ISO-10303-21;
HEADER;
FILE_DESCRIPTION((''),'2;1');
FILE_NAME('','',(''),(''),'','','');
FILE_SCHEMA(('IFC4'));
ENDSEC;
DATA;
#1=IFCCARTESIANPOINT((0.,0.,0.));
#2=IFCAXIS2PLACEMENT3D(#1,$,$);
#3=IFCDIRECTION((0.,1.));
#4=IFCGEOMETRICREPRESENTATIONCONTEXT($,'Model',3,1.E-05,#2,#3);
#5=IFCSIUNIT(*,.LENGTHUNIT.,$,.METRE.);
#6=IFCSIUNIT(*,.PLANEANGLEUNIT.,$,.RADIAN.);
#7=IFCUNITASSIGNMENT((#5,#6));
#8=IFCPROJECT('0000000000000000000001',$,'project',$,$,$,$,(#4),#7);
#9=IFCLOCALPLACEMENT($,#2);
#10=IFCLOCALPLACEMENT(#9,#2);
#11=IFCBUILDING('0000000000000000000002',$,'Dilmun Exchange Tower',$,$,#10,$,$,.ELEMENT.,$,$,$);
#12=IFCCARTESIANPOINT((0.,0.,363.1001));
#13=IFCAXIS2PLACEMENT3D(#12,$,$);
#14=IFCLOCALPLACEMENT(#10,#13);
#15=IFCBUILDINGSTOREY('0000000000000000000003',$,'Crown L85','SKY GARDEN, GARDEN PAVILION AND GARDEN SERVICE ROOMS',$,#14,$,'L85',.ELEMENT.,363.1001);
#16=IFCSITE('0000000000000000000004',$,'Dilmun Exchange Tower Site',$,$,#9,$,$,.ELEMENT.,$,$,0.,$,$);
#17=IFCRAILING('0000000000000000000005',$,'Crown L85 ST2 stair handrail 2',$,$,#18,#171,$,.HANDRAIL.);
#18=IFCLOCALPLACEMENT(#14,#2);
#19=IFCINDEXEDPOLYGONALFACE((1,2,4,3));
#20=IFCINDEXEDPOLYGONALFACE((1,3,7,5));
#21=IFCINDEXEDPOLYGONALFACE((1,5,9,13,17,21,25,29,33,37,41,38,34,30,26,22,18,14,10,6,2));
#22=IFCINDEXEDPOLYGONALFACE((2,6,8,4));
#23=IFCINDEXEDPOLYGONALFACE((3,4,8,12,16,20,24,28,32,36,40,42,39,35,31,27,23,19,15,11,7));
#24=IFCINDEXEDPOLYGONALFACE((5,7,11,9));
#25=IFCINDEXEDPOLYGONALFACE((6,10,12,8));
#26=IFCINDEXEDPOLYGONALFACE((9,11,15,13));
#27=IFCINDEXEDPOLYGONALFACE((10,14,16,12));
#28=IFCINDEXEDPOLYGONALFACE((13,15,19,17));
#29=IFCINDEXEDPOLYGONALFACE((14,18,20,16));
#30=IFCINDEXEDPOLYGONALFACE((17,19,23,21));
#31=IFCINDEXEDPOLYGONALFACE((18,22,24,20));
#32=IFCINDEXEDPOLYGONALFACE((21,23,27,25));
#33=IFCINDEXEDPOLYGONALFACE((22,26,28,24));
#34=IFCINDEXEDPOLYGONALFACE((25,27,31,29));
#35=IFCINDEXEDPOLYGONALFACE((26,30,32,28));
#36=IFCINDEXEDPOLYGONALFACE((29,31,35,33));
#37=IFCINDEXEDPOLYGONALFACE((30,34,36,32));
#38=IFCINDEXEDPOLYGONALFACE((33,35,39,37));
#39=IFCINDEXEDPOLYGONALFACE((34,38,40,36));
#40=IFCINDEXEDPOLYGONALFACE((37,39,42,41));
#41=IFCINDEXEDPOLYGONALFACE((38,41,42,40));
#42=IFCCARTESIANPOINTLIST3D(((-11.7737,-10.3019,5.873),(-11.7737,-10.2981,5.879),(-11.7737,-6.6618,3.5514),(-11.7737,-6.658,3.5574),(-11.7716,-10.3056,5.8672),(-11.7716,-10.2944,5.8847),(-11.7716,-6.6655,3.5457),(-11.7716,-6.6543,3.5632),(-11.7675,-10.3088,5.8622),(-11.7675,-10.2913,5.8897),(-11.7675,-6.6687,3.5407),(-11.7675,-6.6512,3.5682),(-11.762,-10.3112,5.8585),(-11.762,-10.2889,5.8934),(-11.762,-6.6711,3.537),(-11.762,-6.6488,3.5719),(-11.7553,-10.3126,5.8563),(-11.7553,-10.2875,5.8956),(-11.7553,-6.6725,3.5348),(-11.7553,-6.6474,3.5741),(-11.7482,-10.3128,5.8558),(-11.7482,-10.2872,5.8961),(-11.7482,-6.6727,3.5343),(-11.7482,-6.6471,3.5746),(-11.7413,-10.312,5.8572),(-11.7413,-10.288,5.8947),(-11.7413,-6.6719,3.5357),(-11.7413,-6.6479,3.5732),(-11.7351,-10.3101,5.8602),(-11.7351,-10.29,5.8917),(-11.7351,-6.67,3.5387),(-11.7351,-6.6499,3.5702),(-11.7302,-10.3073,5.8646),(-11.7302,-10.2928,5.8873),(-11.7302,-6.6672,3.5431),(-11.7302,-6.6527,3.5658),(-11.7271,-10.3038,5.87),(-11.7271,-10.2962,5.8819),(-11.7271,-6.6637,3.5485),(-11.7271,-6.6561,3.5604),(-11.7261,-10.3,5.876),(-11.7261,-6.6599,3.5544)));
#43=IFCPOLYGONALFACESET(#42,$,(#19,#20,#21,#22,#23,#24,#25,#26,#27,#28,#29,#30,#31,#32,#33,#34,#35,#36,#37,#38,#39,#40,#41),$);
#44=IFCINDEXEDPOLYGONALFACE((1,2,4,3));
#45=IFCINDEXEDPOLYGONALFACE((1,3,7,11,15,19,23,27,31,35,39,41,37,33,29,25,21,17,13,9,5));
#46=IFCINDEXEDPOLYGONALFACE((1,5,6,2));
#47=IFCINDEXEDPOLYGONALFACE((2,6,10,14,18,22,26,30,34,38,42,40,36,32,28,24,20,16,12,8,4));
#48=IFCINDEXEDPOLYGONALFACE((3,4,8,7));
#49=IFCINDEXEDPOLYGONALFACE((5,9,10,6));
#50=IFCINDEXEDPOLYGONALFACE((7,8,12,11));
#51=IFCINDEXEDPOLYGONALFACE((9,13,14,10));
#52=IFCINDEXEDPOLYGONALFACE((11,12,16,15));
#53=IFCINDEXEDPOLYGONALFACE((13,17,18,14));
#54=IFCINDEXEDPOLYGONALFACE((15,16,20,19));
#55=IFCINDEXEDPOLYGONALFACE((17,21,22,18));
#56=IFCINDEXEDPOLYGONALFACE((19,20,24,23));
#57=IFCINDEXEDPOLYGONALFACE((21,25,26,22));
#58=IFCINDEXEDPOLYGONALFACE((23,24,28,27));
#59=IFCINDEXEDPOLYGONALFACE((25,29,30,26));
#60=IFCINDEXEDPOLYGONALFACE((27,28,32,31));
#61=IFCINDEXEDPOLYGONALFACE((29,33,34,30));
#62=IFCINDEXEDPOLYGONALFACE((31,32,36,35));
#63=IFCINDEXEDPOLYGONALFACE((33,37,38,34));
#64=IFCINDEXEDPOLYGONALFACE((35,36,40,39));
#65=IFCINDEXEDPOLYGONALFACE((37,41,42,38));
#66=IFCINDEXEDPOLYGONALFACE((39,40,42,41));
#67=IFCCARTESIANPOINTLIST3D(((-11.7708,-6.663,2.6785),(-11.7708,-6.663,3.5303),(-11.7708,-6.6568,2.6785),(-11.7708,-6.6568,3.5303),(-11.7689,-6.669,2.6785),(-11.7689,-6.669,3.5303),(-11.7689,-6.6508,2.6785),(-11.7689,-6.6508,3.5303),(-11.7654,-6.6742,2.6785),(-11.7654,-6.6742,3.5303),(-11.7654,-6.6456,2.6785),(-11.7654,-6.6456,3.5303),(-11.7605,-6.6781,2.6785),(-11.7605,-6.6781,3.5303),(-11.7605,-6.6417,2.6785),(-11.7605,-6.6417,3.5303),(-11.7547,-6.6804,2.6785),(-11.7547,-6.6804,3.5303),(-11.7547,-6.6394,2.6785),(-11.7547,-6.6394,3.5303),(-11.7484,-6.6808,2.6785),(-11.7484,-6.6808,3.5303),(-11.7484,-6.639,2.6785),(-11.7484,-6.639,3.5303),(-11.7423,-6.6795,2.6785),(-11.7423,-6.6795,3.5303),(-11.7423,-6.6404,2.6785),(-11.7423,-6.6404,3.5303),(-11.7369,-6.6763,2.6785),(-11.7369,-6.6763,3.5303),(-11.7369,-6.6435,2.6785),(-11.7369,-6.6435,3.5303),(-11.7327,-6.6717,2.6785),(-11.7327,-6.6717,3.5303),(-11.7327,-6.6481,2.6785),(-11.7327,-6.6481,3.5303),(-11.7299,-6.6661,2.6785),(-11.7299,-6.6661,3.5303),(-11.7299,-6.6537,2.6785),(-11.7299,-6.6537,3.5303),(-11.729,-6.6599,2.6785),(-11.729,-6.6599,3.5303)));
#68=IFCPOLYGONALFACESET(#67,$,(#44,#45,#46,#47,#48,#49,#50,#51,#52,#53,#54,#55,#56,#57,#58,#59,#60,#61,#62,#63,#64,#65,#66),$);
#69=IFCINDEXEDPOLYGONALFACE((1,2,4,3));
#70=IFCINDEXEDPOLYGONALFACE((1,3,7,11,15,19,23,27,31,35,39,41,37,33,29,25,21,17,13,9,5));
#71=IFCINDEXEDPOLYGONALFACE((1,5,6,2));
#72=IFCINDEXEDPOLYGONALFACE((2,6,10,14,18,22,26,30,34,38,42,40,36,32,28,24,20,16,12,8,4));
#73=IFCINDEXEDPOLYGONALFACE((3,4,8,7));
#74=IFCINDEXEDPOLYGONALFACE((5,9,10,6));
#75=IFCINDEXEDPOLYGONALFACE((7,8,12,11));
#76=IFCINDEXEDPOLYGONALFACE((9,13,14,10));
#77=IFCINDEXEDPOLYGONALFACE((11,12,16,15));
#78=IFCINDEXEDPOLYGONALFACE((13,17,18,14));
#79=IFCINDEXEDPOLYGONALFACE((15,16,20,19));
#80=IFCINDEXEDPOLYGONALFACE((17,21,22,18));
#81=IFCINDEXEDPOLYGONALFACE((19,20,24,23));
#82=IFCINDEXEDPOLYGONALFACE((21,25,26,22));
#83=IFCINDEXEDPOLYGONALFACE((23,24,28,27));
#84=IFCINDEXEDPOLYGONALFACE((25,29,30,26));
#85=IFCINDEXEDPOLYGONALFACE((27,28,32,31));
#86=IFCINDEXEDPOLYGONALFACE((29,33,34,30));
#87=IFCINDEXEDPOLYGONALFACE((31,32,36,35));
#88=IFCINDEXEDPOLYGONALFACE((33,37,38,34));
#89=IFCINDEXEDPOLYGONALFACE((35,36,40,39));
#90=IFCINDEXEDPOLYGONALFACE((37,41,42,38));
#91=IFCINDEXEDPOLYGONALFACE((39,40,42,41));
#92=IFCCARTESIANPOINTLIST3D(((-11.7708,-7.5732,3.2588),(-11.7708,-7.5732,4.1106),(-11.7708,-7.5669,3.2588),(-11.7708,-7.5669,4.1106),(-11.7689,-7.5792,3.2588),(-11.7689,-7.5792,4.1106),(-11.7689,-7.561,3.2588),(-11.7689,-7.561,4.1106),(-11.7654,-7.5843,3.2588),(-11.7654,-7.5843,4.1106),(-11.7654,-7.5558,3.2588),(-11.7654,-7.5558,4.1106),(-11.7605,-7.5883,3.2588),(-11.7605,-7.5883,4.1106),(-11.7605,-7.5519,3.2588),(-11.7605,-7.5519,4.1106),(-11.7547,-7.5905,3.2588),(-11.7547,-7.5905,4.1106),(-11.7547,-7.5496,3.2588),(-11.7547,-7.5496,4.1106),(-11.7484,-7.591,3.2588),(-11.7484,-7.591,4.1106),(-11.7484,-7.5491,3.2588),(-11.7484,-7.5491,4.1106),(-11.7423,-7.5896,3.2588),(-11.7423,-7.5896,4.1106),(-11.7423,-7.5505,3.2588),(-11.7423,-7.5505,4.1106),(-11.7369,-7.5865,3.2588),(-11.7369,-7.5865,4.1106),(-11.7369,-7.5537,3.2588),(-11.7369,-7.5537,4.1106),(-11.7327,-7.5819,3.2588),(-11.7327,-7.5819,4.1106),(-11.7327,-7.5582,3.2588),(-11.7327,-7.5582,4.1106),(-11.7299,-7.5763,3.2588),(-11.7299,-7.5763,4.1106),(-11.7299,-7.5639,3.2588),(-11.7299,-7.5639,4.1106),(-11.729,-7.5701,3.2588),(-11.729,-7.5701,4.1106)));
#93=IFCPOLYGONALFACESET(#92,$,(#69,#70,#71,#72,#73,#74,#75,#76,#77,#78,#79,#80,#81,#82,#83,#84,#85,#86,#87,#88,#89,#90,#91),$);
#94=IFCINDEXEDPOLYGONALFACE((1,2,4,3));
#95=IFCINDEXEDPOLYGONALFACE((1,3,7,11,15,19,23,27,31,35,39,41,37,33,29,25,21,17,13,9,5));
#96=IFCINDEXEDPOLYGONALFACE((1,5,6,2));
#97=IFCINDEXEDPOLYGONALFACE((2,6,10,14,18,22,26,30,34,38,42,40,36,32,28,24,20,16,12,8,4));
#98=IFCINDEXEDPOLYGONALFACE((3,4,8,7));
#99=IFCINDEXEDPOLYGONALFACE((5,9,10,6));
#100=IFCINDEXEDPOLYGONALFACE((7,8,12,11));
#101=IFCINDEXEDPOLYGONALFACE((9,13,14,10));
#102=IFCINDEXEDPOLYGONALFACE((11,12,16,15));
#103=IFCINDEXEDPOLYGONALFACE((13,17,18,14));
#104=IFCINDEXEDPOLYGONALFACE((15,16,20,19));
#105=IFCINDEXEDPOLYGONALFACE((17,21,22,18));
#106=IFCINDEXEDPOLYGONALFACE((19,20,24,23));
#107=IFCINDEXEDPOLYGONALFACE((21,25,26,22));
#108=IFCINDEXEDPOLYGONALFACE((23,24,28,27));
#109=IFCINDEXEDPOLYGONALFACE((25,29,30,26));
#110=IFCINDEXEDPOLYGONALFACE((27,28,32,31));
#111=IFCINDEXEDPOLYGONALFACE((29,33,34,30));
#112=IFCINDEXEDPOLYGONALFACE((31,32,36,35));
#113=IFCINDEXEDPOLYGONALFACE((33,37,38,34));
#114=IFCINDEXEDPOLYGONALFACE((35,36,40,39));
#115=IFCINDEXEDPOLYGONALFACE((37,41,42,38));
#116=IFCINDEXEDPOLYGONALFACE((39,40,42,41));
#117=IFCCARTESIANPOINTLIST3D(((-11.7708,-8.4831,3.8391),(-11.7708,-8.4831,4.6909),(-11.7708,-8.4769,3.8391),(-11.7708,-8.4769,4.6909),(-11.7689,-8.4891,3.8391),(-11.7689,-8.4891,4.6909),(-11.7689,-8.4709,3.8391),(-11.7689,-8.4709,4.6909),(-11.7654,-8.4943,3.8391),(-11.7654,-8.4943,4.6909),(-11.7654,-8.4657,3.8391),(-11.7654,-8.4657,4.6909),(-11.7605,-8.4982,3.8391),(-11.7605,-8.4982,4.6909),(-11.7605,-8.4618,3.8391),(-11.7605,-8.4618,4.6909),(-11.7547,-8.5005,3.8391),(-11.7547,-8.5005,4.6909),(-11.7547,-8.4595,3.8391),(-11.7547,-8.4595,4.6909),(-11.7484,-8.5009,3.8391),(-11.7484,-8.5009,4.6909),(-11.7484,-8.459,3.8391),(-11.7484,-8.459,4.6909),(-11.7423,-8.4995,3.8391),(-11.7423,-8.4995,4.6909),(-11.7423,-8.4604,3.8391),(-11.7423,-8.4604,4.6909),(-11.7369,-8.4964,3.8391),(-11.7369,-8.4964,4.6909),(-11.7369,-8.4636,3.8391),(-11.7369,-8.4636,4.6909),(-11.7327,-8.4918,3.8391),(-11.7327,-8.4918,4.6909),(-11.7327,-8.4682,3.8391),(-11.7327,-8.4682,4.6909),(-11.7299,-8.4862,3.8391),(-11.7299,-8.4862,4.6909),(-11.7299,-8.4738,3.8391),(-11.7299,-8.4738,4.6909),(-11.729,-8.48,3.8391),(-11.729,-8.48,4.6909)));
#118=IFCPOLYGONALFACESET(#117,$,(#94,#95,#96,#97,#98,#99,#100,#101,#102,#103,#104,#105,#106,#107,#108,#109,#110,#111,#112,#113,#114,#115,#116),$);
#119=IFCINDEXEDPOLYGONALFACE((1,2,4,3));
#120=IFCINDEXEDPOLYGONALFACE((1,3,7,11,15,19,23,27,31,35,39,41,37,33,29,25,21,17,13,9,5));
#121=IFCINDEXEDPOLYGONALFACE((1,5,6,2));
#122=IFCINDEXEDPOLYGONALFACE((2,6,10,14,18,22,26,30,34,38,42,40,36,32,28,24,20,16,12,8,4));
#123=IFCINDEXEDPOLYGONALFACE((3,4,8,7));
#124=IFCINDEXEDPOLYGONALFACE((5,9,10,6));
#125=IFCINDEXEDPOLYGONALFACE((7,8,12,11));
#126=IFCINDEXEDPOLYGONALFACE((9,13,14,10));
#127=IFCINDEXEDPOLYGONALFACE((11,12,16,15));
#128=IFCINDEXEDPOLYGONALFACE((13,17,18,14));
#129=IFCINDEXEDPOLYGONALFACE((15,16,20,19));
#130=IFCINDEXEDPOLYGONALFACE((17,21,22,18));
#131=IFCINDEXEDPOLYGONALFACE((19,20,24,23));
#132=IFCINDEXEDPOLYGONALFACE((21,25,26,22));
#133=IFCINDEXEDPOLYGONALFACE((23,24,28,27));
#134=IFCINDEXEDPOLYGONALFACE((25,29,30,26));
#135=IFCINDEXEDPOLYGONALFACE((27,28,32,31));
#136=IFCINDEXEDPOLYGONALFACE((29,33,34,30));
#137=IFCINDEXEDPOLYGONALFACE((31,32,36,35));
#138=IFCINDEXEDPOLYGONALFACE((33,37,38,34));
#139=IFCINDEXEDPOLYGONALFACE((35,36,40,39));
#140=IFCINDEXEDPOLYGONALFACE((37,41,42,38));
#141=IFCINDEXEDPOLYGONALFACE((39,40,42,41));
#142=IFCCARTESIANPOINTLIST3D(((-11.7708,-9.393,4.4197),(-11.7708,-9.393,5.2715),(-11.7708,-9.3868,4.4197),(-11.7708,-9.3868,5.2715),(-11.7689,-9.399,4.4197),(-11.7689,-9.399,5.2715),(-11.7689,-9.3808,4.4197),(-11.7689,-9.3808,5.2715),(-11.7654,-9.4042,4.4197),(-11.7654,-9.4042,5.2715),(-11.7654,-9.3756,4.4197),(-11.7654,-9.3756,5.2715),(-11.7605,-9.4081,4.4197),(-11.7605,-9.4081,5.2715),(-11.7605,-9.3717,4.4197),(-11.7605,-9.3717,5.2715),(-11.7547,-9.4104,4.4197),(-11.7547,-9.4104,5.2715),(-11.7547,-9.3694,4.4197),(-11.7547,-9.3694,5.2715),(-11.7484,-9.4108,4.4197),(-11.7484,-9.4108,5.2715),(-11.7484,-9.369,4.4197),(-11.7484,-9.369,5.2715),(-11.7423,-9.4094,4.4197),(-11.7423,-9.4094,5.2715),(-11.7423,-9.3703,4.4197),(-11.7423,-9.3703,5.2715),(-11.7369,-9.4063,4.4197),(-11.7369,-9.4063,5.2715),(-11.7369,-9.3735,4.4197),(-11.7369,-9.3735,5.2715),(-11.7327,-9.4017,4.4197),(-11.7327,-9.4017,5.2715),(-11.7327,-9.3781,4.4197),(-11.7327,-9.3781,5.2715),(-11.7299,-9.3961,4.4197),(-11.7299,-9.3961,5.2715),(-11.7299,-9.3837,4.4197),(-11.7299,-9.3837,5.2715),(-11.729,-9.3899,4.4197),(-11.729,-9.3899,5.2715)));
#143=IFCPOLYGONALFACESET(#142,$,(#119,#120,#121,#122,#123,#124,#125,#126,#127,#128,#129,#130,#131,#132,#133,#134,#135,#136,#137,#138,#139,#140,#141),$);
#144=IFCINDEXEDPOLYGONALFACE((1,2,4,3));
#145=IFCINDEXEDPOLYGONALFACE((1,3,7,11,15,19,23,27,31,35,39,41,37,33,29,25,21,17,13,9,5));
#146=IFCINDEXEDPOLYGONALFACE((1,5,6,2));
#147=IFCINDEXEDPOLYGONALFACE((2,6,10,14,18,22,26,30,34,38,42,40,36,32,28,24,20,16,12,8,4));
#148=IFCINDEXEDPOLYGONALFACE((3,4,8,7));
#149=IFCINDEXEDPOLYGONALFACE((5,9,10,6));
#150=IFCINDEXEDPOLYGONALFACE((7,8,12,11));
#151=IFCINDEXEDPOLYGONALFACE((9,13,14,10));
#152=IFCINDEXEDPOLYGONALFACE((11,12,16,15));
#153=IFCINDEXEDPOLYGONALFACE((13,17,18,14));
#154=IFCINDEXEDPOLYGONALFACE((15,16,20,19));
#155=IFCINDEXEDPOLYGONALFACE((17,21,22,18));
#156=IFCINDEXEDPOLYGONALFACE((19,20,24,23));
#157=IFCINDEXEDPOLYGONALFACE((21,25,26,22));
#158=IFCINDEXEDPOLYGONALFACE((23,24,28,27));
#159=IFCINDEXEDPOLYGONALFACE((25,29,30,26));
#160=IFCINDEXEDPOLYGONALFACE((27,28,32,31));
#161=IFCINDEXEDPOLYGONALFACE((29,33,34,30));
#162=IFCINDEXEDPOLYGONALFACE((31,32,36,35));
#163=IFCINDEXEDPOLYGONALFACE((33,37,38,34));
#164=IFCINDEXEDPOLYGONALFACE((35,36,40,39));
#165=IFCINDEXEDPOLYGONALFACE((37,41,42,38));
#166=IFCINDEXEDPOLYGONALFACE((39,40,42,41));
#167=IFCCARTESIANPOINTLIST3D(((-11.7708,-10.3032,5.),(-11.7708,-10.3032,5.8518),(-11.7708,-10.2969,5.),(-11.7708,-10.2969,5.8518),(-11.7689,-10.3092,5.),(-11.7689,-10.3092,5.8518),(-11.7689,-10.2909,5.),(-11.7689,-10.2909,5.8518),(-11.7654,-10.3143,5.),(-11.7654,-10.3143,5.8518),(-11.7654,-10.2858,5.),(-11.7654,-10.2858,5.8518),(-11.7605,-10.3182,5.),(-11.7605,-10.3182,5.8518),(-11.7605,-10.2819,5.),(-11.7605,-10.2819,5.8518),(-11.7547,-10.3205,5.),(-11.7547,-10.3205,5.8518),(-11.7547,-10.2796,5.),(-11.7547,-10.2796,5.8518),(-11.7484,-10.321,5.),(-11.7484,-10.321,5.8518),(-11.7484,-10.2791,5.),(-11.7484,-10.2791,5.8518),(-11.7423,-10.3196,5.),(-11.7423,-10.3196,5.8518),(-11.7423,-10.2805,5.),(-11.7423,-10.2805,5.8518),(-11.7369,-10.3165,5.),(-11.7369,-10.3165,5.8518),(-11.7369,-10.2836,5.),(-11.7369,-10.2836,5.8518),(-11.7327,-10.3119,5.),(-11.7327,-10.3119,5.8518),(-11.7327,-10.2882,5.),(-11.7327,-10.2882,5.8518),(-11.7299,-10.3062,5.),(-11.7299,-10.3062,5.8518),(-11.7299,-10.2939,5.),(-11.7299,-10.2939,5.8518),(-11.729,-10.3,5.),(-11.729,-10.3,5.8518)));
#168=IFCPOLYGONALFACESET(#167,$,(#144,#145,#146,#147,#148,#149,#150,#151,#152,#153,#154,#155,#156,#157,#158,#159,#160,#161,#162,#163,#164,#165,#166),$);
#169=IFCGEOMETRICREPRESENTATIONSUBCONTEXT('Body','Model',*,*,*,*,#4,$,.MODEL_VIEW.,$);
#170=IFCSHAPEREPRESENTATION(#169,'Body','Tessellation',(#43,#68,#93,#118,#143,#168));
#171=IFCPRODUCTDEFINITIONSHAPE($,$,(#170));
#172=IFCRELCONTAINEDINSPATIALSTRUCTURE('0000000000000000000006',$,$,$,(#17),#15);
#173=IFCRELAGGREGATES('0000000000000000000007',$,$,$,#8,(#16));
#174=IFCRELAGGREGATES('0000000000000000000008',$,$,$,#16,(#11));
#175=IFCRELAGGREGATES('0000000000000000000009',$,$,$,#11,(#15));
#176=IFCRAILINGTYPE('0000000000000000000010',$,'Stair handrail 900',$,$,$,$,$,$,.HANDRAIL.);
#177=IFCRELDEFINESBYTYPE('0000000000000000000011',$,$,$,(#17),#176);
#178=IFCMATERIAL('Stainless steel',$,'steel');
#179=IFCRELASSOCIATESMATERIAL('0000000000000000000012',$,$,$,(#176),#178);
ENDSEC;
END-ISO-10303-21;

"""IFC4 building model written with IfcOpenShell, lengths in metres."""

from ifc_helpers import new_model, si_unit, direction, frame, origin, origin_2d, place, context, subcontext, project, spatial, circle, extrude, material, type_object, element, save


model = new_model("IFC4")

# Units and contexts
model_context = context("Model", 3, precision=1e-05, world=origin(), true_north=direction((0.0, 1.0)))
body_context = subcontext(model_context, "Body", "Model", "MODEL_VIEW")
ifc_project = project(units=[si_unit("LENGTHUNIT", "METRE"), si_unit("PLANEANGLEUNIT", "RADIAN")], contexts=[model_context])

# Site, building, storey
site_placement = place(None, origin())
site = spatial("IfcSite", under=ifc_project, at=site_placement, Name="Dilmun Exchange Tower Site", CompositionType="ELEMENT", RefElevation=0.0)
building_placement = place(site_placement, origin())
building = spatial("IfcBuilding", under=site, at=building_placement, Name="Dilmun Exchange Tower", CompositionType="ELEMENT")
storey_placement = place(building_placement, frame((0.0, 0.0, 363.1001)))
storey = spatial("IfcBuildingStorey", under=building, at=storey_placement, Name="Crown L85", Description="SKY GARDEN, GARDEN PAVILION AND GARDEN SERVICE ROOMS", LongName="L85", CompositionType="ELEMENT", Elevation=363.1001)

# Railing
ifc_material_1 = material(Name="Stainless steel", Category="steel")
railing_type = type_object("IfcRailingType", Name="Stair handrail 900", PredefinedType="HANDRAIL", material=ifc_material_1)
railing_placement = place(storey_placement, frame((-11.75, -6.6599, 2.6785)))
element("IfcRailing", 1, at=railing_placement, inside=storey, type_object=railing_type, Name="Crown L85 ST2 stair handrail 2", PredefinedType="HANDRAIL", context=body_context, shape_type="SweptSolid", body=[
    extrude(circle(Radius=0.0239, at=origin_2d()), frame((0.0, 0.0, 0.876), z_axis=(0.0, -0.843128, 0.537713), x_axis=(1.0, 0.0, 0.0)), (0.0, 0.0, 1.0), 4.3174),
    extrude(circle(Radius=0.021, at=origin_2d()), origin(), (0.0, 0.0, 1.0), 0.8518),
    extrude(circle(Radius=0.021, at=origin_2d()), frame((0.0, -0.9102, 0.5803)), (0.0, 0.0, 1.0), 0.8518),
    extrude(circle(Radius=0.021, at=origin_2d()), frame((0.0, -1.8201, 1.1606)), (0.0, 0.0, 1.0), 0.8518),
    extrude(circle(Radius=0.021, at=origin_2d()), frame((0.0, -2.73, 1.7412)), (0.0, 0.0, 1.0), 0.8518),
    extrude(circle(Radius=0.021, at=origin_2d()), frame((0.0, -3.6401, 2.3215)), (0.0, 0.0, 1.0), 0.8518),
])

save(model, "model.ifc")
